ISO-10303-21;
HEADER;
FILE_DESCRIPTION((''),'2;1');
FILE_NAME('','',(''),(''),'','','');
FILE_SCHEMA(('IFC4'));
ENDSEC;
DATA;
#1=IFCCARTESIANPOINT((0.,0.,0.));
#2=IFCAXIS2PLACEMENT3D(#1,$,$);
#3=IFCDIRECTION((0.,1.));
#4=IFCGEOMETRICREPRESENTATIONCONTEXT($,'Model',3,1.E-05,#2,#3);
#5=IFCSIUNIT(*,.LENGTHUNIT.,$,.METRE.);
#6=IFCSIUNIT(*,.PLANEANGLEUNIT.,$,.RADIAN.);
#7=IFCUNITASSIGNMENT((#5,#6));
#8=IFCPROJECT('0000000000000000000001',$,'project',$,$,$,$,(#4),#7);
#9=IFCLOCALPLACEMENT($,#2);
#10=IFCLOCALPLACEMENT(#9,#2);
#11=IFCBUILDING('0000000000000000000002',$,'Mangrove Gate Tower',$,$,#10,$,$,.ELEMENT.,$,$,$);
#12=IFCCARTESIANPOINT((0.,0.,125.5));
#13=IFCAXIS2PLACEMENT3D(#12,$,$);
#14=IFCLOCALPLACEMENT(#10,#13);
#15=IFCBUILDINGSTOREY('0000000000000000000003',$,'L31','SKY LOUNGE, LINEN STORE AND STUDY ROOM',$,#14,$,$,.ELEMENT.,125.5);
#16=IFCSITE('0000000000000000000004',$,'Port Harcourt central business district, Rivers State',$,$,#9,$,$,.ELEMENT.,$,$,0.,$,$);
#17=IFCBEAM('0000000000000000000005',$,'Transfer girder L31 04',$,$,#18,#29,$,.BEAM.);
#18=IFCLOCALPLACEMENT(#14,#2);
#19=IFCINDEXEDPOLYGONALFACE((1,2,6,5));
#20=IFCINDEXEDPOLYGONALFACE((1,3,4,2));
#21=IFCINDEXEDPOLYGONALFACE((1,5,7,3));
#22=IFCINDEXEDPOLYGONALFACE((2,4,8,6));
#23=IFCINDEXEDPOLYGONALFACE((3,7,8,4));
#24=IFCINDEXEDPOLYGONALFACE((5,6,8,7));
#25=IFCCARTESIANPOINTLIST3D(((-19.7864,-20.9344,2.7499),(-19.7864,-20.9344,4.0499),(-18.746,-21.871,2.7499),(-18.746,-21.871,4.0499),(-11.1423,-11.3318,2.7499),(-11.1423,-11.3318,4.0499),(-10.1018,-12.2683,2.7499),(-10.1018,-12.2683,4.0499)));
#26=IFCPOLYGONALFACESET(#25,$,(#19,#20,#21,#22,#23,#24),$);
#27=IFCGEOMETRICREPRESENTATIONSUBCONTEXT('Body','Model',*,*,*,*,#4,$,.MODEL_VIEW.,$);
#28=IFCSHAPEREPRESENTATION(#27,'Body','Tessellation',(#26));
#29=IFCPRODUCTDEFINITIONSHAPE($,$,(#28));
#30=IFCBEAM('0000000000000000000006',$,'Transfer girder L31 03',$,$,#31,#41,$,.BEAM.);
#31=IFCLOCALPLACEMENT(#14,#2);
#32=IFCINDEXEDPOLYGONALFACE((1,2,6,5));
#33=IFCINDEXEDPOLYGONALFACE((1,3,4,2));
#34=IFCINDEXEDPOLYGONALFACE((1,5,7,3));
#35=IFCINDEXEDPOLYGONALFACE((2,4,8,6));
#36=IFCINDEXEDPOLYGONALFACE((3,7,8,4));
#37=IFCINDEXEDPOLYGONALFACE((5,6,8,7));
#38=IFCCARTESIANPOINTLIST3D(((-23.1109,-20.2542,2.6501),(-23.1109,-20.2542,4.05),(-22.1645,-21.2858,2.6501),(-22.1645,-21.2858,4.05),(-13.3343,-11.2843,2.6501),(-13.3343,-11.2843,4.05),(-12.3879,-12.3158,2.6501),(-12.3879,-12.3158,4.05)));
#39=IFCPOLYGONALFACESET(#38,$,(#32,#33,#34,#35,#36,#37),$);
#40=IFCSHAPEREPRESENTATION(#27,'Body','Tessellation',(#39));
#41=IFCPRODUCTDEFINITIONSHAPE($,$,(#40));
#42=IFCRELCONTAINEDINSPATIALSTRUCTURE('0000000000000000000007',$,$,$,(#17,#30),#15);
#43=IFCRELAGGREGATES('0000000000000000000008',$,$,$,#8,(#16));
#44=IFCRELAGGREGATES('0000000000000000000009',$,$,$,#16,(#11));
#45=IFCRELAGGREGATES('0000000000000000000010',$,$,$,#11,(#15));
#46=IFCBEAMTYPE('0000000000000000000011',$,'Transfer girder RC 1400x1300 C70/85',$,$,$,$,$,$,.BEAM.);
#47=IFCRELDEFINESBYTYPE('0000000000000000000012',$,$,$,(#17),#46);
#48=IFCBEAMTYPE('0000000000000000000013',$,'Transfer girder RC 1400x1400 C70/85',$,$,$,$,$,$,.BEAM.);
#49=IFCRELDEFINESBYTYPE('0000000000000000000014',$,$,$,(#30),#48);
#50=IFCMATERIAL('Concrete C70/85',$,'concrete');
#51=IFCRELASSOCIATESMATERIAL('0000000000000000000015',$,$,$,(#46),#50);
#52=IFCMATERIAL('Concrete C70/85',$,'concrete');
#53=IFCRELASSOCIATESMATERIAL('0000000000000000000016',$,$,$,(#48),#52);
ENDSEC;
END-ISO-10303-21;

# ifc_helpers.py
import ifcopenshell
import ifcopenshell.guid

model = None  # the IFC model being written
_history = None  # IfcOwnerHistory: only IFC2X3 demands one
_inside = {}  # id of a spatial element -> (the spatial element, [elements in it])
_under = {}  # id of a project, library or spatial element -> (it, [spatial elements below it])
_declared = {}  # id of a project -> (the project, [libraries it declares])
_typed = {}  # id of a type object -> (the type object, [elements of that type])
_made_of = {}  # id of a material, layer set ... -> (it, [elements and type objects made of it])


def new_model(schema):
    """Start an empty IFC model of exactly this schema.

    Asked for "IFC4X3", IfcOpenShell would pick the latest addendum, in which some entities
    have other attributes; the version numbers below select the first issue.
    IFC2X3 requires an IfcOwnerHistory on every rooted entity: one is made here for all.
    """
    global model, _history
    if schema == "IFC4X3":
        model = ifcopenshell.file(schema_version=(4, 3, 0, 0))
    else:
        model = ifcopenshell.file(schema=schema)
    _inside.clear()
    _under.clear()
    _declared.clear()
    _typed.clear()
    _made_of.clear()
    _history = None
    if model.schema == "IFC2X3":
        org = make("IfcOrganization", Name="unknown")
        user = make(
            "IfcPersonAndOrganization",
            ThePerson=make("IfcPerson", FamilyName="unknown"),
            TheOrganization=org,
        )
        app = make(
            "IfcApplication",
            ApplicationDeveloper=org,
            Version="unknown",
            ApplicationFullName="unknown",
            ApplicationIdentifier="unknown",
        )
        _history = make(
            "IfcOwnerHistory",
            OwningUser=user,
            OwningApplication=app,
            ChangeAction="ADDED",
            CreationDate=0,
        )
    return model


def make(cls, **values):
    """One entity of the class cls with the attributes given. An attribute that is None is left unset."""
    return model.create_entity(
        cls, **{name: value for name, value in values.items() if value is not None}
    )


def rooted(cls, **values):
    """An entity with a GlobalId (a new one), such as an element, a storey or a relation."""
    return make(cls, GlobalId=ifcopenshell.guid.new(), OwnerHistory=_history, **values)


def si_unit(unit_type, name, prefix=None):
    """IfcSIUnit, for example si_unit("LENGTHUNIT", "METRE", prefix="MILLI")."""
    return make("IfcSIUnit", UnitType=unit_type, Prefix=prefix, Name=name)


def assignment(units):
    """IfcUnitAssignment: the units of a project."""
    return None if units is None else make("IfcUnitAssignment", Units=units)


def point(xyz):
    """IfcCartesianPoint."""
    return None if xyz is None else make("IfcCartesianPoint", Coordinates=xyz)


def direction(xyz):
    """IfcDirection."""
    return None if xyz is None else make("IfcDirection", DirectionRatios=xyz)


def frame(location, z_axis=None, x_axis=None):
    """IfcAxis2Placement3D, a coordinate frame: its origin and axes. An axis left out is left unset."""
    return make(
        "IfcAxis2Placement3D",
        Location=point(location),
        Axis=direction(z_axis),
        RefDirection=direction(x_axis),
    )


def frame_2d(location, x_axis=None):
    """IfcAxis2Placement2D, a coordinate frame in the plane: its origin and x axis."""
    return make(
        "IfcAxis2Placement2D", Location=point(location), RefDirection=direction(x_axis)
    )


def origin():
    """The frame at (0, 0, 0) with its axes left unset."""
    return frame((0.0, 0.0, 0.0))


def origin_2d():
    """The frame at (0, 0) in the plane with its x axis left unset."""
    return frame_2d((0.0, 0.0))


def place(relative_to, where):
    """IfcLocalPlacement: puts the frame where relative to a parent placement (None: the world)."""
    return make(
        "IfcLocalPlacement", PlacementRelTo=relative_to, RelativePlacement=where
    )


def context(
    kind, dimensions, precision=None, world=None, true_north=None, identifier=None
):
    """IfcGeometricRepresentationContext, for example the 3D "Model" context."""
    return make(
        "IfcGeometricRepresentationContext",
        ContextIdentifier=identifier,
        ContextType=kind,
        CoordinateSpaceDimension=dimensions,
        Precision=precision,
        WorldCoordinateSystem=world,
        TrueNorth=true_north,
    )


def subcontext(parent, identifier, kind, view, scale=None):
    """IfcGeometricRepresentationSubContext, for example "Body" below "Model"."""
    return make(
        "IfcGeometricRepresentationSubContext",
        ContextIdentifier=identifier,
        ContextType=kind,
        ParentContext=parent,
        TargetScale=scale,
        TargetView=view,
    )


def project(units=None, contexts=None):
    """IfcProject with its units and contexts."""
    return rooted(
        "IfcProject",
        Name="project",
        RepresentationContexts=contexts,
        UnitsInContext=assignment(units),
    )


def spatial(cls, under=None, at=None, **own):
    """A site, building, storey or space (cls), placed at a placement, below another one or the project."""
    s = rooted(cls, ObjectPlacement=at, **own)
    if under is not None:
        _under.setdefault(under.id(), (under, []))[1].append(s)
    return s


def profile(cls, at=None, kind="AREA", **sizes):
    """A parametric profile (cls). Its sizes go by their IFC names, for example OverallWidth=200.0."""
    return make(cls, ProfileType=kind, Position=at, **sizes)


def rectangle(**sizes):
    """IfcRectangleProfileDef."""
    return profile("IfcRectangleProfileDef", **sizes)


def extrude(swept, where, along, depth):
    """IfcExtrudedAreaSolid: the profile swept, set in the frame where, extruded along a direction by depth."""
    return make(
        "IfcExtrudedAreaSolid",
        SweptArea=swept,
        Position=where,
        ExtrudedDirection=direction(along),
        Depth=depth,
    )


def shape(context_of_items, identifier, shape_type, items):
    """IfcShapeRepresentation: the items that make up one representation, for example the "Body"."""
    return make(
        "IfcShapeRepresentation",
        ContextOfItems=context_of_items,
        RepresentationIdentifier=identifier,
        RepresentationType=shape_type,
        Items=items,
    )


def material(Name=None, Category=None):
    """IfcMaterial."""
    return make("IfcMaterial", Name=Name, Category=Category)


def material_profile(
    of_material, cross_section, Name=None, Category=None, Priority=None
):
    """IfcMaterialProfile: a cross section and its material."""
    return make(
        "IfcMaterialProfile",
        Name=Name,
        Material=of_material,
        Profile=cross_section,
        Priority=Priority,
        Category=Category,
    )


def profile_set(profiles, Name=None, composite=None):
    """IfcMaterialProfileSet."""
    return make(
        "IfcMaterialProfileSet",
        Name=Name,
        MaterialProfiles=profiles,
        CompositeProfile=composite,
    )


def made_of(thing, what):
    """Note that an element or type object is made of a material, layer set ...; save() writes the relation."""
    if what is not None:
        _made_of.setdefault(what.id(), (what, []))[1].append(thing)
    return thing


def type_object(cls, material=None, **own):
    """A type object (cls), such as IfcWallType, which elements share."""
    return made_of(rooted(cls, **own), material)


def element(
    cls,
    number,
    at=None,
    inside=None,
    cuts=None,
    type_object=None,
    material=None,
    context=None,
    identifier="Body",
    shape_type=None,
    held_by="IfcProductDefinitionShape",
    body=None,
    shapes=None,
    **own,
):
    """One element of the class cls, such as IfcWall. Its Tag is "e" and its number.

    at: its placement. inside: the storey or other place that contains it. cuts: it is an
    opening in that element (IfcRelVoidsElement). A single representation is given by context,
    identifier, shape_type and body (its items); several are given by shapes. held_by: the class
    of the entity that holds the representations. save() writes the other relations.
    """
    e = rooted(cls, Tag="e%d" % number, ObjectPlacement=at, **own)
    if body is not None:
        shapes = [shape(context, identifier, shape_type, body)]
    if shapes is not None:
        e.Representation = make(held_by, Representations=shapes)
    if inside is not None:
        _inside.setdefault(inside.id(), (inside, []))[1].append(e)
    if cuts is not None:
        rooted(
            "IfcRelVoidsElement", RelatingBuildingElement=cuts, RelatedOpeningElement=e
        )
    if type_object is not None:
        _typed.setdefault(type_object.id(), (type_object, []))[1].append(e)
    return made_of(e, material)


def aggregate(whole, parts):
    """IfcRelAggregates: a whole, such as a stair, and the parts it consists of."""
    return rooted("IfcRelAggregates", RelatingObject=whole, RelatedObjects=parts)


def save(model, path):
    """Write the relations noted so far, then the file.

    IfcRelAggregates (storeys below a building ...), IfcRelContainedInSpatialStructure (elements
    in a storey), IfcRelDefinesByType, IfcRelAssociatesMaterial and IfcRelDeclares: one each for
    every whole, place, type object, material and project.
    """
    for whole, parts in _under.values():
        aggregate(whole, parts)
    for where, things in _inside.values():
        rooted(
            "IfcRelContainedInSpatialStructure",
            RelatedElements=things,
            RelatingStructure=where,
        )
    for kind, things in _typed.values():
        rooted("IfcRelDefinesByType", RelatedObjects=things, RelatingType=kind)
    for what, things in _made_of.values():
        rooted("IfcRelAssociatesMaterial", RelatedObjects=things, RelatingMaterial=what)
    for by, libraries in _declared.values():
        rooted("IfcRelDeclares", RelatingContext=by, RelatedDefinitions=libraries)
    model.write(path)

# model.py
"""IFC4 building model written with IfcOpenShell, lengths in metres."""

from ifc_helpers import new_model, si_unit, direction, frame, origin, origin_2d, place, context, subcontext, project, spatial, rectangle, extrude, material, material_profile, profile_set, type_object, element, save


model = new_model("IFC4")

# Units and contexts
model_context = context("Model", 3, precision=1e-05, world=origin(), true_north=direction((0.0, 1.0)))
body_context = subcontext(model_context, "Body", "Model", "MODEL_VIEW")
ifc_project = project(units=[si_unit("LENGTHUNIT", "METRE"), si_unit("PLANEANGLEUNIT", "RADIAN")], contexts=[model_context])

# Site, building, storey
site_placement = place(None, origin())
site = spatial("IfcSite", under=ifc_project, at=site_placement, Name="Port Harcourt central business district, Rivers State", CompositionType="ELEMENT", RefElevation=0.0)
building_placement = place(site_placement, origin())
building = spatial("IfcBuilding", under=site, at=building_placement, Name="Mangrove Gate Tower", CompositionType="ELEMENT")
storey_placement = place(building_placement, frame((0.0, 0.0, 125.5)))
storey = spatial("IfcBuildingStorey", under=building, at=storey_placement, Name="L31", Description="SKY LOUNGE, LINEN STORE AND STUDY ROOM", CompositionType="ELEMENT", Elevation=125.5)

# Beams
ifc_material_1 = material(Name="Concrete C70/85", Category="concrete")
ifc_material_profile_1 = material_profile(ifc_material_1, rectangle(XDim=1.3999, YDim=1.3, at=origin_2d()))
ifc_profile_set_1 = profile_set([ifc_material_profile_1], Name="Concrete C70/85")
beam_type_1 = type_object("IfcBeamType", Name="Transfer girder RC 1400x1300 C70/85", PredefinedType="BEAM", material=ifc_profile_set_1)
beam_1_placement = place(storey_placement, frame((-10.6221, -11.8, 3.3999), z_axis=(-0.66904, -0.743226, 0.0), x_axis=(0.743226, -0.66904, 0.0)))
element("IfcBeam", 1, at=beam_1_placement, inside=storey, type_object=beam_type_1, Name="Transfer girder L31 04", PredefinedType="BEAM", context=body_context, shape_type="SweptSolid", body=[
    extrude(rectangle(XDim=1.3999, YDim=1.3, at=origin_2d()), origin(), (0.0, 0.0, 1.0), 12.9202),
])
ifc_material_2 = material(Name="Concrete C70/85", Category="concrete")
ifc_material_profile_2 = material_profile(ifc_material_2, rectangle(XDim=1.3999, YDim=1.3999, at=origin_2d()))
ifc_profile_set_2 = profile_set([ifc_material_profile_2], Name="Concrete C70/85")
beam_type_2 = type_object("IfcBeamType", Name="Transfer girder RC 1400x1400 C70/85", PredefinedType="BEAM", material=ifc_profile_set_2)
beam_2_placement = place(storey_placement, frame((-12.8611, -11.8, 3.3501), z_axis=(-0.736851, -0.676055, 0.0), x_axis=(0.676055, -0.736851, 0.0)))
element("IfcBeam", 2, at=beam_2_placement, inside=storey, type_object=beam_type_2, Name="Transfer girder L31 03", PredefinedType="BEAM", context=body_context, shape_type="SweptSolid", body=[
    extrude(rectangle(XDim=1.3999, YDim=1.3999, at=origin_2d()), origin(), (0.0, 0.0, 1.0), 13.2681),
])

save(model, "model.ifc")
